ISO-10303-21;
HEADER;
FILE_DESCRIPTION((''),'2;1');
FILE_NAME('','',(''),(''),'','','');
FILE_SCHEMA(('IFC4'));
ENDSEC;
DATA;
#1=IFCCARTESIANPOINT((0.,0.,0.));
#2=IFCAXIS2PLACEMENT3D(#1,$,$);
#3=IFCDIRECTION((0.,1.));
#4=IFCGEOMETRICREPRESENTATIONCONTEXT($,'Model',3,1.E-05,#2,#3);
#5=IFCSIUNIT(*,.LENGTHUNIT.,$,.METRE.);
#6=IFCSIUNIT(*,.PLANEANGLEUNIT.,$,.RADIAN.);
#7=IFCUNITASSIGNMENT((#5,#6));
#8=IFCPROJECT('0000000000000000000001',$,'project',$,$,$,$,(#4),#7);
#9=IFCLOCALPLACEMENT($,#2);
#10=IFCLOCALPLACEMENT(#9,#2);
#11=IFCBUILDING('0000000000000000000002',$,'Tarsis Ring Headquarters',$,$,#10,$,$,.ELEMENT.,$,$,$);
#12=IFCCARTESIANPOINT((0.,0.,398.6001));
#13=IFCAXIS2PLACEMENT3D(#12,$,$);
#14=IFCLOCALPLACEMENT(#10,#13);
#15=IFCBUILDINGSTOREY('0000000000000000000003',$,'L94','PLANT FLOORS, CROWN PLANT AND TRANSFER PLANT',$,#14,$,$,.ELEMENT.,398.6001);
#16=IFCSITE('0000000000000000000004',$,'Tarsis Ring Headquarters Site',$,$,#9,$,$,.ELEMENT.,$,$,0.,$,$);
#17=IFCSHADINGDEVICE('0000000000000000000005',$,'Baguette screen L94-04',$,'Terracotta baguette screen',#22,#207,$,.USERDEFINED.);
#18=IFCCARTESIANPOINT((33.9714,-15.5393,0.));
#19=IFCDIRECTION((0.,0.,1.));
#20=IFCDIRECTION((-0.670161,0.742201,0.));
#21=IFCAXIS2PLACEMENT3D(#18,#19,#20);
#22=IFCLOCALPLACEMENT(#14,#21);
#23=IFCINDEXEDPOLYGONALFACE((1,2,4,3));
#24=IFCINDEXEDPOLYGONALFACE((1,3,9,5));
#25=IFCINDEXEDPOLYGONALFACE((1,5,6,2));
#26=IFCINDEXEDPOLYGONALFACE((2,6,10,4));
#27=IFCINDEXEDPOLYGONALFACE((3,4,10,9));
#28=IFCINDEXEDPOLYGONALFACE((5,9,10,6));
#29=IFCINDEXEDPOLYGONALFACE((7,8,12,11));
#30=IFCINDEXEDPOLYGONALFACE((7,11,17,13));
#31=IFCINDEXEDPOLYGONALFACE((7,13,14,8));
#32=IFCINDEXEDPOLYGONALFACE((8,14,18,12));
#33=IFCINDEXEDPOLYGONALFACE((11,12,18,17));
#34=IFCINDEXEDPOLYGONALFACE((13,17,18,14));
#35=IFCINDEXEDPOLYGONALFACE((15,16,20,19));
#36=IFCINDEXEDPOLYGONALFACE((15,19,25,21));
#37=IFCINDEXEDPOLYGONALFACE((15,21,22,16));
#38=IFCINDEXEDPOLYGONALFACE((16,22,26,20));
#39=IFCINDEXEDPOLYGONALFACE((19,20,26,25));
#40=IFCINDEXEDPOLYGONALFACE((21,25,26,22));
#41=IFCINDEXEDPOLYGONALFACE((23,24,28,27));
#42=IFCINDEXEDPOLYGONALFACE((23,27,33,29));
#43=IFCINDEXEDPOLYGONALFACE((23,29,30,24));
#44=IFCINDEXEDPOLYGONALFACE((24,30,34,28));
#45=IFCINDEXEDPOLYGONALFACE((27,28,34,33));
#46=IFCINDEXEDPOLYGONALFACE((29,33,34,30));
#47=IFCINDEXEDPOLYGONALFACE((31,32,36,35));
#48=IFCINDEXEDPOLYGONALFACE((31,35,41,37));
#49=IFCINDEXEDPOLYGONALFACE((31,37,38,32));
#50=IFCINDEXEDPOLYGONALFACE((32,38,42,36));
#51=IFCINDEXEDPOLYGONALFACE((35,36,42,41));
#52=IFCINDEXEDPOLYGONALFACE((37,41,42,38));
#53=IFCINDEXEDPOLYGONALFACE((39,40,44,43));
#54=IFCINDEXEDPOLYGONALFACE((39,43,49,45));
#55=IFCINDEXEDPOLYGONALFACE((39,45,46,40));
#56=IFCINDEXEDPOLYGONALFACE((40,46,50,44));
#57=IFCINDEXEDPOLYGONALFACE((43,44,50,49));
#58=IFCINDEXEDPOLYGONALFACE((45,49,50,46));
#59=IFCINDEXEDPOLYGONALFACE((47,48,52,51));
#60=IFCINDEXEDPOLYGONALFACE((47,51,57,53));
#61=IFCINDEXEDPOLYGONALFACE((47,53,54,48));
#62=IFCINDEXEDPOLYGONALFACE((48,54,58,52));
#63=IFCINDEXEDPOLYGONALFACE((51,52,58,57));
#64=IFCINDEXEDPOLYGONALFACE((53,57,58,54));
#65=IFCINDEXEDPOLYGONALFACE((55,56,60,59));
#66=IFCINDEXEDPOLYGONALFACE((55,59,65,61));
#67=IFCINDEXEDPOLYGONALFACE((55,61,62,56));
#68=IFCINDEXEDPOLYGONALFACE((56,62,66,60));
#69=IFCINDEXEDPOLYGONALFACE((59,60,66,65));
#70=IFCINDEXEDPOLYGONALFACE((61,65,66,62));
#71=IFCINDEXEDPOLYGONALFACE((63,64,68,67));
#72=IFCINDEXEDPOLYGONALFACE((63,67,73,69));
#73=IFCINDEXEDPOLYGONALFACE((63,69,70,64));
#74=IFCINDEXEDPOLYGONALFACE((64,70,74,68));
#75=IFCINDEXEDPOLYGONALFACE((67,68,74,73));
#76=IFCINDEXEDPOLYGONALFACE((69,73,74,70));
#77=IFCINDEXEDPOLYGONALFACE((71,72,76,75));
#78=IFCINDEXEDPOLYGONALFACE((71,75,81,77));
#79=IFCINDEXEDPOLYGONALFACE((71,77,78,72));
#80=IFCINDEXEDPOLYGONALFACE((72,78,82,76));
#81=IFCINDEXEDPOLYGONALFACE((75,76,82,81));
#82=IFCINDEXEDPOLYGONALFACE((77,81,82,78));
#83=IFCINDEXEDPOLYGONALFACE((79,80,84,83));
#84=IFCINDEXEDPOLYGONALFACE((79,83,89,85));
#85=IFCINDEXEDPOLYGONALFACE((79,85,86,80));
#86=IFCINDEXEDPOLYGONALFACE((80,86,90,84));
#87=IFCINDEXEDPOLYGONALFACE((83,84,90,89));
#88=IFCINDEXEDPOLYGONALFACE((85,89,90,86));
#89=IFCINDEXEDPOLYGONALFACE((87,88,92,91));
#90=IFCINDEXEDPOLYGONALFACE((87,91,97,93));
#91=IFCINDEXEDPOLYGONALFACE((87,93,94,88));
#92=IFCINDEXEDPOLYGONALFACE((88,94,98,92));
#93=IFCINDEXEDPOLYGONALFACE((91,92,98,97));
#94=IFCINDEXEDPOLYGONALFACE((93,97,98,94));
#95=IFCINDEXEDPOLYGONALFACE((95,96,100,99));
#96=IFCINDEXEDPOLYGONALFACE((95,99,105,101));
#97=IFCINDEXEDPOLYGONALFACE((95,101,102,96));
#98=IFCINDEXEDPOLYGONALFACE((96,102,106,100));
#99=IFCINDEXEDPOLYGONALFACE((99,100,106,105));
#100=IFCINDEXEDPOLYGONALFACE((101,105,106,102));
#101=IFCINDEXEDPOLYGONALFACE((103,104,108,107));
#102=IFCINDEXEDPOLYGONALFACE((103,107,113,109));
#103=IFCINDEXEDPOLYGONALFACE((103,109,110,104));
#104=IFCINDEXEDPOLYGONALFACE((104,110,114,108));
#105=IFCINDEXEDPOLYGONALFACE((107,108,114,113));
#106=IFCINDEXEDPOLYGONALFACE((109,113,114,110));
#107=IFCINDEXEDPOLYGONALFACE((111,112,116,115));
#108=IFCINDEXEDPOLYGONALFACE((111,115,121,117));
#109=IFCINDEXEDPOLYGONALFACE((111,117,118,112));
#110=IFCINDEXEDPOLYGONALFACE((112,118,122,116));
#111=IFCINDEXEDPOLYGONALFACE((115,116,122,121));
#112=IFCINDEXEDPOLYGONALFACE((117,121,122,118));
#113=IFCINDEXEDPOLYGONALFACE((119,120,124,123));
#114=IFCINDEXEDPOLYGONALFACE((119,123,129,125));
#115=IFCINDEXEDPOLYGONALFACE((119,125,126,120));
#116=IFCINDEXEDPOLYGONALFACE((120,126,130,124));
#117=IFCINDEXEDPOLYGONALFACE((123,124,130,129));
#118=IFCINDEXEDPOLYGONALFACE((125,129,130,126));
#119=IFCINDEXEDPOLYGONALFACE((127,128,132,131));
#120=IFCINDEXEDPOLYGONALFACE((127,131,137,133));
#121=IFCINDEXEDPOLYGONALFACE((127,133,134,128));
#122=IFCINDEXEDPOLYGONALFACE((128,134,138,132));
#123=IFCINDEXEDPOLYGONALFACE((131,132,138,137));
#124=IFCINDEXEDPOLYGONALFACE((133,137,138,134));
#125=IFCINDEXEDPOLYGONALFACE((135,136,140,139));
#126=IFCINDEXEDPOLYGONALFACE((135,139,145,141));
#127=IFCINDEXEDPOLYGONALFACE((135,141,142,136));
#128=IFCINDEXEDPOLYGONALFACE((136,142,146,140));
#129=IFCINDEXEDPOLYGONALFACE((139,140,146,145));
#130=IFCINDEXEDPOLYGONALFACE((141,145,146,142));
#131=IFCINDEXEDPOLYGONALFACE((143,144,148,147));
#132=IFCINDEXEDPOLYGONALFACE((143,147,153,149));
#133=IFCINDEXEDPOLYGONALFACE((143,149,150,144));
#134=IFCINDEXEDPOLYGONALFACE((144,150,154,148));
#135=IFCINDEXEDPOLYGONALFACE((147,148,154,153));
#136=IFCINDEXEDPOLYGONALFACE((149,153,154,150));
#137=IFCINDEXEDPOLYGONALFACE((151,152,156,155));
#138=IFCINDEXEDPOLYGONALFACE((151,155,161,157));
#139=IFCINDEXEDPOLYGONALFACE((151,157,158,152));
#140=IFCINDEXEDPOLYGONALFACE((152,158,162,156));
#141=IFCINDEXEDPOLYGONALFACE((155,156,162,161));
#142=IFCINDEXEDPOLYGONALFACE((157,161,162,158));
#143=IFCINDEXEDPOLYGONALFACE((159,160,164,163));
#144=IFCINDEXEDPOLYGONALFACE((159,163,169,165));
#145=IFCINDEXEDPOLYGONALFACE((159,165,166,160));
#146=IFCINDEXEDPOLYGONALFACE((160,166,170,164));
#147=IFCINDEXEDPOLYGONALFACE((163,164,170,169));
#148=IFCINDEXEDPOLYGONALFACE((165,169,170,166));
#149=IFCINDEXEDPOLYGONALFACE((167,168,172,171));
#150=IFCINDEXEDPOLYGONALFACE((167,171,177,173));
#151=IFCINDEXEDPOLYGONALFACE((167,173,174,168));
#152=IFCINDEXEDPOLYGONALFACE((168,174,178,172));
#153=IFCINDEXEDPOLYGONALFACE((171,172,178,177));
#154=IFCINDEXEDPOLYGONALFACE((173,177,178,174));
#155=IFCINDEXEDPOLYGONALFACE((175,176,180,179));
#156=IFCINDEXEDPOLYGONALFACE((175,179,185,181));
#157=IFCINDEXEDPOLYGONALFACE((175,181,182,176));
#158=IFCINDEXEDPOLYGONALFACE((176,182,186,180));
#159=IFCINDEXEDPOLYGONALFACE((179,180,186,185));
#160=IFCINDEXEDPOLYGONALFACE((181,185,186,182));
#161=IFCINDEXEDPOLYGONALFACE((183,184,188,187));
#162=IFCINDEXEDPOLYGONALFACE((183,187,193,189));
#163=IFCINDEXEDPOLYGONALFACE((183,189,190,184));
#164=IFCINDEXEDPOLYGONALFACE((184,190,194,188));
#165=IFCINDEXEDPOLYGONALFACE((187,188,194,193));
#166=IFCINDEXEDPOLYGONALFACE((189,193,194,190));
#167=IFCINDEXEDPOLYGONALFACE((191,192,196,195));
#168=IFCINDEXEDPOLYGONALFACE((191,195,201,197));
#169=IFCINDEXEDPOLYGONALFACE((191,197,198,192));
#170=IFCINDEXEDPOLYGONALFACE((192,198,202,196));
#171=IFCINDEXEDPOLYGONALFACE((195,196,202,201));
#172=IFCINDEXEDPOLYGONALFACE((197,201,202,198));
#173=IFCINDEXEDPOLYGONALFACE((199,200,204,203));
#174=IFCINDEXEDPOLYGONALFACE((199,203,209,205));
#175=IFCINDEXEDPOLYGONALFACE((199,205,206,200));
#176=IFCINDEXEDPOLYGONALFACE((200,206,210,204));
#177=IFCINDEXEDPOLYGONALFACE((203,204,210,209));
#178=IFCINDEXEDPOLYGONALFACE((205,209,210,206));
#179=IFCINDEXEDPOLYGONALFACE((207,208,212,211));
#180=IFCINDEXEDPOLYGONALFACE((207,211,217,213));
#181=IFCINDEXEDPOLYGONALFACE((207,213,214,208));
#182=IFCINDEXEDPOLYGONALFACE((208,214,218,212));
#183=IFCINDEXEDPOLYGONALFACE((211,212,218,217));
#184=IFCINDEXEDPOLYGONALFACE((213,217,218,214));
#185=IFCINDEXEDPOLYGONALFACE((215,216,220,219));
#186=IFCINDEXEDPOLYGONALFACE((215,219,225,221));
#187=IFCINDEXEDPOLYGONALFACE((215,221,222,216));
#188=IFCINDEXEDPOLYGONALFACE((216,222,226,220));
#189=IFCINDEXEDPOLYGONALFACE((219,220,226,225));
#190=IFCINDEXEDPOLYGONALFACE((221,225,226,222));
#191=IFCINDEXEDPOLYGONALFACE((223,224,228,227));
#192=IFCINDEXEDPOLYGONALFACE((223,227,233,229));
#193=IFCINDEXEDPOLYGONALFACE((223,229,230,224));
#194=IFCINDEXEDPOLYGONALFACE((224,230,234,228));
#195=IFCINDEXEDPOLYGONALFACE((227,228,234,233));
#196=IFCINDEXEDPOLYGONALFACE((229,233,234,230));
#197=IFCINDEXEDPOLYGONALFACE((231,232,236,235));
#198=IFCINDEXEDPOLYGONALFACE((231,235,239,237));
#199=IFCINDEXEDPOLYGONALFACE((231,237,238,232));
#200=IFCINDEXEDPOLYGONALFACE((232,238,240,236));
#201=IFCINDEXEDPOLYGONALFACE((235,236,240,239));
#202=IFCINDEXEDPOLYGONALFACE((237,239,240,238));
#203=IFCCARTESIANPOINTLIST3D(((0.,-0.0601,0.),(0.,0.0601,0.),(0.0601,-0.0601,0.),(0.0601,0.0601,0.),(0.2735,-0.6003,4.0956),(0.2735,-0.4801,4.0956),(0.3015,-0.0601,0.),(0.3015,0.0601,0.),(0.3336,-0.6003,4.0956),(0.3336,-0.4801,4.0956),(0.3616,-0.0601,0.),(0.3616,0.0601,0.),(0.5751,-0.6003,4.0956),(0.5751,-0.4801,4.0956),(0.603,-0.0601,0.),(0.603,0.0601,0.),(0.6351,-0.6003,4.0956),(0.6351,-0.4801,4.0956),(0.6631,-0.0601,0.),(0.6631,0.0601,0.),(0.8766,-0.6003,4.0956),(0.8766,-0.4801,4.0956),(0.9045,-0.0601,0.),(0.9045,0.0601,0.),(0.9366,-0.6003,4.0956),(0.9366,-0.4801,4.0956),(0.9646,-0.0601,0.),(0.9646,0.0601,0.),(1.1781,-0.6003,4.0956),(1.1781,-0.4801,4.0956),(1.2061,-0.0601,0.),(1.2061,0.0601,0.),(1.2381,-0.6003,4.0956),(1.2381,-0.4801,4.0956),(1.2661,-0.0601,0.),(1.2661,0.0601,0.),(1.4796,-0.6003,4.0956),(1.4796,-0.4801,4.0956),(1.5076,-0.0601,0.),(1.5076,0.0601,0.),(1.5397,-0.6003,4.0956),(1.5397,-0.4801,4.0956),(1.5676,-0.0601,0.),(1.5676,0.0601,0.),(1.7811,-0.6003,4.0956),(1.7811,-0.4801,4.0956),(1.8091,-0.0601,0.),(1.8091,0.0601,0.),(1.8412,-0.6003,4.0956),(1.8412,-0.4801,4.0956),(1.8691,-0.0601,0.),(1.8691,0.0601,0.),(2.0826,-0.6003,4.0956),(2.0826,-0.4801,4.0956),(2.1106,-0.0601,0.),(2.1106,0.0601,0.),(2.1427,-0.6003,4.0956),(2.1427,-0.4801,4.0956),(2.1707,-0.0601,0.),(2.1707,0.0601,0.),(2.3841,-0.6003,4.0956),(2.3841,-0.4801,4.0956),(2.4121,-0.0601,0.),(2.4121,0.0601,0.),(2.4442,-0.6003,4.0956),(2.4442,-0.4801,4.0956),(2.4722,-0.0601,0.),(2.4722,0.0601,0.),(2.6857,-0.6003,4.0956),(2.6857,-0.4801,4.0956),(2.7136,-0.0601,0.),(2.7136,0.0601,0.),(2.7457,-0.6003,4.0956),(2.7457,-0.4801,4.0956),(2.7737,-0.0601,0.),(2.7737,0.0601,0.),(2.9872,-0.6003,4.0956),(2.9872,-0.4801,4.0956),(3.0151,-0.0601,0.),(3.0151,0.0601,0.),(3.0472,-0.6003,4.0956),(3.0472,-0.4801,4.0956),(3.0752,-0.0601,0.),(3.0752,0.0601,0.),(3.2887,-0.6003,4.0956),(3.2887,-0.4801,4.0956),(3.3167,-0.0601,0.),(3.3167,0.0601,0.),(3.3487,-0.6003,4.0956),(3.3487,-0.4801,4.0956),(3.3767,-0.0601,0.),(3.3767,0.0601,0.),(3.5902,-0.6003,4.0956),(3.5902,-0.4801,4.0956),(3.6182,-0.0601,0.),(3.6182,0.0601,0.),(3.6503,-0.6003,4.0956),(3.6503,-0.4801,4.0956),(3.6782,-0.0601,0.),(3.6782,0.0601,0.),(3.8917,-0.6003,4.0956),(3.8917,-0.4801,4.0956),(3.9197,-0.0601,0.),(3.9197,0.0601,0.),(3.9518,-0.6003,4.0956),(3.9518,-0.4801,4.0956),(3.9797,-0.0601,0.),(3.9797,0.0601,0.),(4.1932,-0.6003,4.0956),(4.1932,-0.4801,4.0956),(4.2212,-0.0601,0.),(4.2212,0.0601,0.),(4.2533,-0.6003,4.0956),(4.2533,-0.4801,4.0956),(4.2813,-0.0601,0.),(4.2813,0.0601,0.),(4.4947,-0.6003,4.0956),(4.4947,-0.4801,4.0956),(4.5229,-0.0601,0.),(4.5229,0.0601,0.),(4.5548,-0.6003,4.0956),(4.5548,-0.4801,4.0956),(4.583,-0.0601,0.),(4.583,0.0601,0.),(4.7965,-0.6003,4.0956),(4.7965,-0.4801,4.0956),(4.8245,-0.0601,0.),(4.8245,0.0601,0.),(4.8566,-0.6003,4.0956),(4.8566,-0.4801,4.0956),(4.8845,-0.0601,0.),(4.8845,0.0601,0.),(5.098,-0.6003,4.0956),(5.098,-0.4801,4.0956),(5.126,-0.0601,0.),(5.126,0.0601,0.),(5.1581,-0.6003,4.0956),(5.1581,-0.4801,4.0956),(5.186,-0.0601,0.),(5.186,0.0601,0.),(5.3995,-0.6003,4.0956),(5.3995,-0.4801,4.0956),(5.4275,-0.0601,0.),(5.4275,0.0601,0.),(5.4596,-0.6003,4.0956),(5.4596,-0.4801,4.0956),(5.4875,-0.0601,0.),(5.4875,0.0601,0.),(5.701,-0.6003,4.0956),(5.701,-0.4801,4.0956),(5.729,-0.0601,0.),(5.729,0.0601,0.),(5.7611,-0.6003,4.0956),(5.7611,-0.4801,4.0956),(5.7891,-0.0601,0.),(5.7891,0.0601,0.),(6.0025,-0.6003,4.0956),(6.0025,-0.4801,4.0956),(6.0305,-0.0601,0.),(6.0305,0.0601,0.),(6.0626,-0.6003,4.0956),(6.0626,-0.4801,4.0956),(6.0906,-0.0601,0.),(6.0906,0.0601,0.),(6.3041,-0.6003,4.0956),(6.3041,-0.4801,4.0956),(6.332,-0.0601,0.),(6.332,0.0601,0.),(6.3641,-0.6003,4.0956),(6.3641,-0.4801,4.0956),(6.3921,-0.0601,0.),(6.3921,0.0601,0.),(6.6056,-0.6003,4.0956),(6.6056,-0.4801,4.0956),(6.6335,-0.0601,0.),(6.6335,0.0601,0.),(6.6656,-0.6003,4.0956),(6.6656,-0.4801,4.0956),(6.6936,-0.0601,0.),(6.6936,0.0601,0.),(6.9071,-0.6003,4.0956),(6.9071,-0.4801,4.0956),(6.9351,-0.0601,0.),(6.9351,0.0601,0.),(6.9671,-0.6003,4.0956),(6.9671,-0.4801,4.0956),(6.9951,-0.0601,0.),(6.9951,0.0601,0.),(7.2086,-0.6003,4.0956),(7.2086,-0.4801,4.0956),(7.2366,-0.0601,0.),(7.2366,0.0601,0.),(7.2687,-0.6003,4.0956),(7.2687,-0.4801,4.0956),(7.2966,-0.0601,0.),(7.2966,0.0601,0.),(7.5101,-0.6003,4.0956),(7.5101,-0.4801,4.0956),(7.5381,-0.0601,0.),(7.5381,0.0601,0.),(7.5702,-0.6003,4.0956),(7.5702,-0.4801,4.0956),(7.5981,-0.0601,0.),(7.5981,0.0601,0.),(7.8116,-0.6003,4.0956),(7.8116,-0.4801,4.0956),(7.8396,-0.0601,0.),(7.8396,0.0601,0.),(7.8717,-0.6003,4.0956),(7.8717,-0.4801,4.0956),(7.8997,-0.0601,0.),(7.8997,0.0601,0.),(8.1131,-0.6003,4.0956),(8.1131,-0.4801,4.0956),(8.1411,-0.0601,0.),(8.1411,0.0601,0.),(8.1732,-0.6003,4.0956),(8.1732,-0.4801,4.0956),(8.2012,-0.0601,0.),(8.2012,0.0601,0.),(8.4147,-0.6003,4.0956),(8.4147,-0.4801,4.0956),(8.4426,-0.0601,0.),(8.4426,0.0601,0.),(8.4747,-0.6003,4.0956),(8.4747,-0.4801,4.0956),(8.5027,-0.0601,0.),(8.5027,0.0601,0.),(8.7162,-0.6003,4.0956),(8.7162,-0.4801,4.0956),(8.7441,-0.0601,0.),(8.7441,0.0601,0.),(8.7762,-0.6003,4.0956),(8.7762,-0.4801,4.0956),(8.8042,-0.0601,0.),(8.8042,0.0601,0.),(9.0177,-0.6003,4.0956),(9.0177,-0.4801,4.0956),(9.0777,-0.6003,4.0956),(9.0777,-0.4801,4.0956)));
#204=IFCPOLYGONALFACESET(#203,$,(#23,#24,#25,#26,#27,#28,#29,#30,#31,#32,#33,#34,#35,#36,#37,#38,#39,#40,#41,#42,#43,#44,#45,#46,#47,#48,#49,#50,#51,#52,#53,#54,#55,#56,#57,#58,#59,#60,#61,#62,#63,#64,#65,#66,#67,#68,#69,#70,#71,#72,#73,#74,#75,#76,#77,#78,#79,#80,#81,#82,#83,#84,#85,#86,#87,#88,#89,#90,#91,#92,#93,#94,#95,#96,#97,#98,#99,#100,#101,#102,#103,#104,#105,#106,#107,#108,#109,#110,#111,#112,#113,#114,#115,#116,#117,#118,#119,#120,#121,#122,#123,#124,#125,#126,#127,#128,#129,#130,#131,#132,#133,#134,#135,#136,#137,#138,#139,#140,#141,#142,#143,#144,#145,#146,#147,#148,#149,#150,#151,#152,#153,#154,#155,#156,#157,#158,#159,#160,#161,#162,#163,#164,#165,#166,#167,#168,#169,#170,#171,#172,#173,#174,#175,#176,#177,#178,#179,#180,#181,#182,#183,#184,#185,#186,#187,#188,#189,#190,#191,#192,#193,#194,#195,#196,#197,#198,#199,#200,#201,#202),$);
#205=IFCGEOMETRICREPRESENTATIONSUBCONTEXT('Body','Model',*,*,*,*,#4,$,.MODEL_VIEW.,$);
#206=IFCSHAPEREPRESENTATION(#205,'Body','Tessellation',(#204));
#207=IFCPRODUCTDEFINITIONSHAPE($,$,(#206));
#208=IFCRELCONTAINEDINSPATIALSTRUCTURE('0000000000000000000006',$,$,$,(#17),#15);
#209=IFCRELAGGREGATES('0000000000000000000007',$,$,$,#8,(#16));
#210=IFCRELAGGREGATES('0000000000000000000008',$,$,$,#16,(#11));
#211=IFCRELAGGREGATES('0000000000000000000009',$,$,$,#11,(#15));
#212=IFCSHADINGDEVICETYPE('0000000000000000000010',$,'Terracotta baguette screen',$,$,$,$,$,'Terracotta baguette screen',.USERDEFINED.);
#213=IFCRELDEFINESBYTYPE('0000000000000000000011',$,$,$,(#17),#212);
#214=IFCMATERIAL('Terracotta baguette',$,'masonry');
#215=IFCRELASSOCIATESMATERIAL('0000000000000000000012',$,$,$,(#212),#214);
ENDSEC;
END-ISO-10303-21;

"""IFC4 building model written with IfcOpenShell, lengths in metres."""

from ifc_helpers import new_model, si_unit, direction, frame, frame_2d, origin, place, context, subcontext, project, spatial, rectangle, composite_profile, extrude, material, type_object, element, save


model = new_model("IFC4")

# Units and contexts
model_context = context("Model", 3, precision=1e-05, world=origin(), true_north=direction((0.0, 1.0)))
body_context = subcontext(model_context, "Body", "Model", "MODEL_VIEW")
ifc_project = project(units=[si_unit("LENGTHUNIT", "METRE"), si_unit("PLANEANGLEUNIT", "RADIAN")], contexts=[model_context])

# Site, building, storey
site_placement = place(None, origin())
site = spatial("IfcSite", under=ifc_project, at=site_placement, Name="Tarsis Ring Headquarters Site", CompositionType="ELEMENT", RefElevation=0.0)
building_placement = place(site_placement, origin())
building = spatial("IfcBuilding", under=site, at=building_placement, Name="Tarsis Ring Headquarters", CompositionType="ELEMENT")
storey_placement = place(building_placement, frame((0.0, 0.0, 398.6001)))
storey = spatial("IfcBuildingStorey", under=building, at=storey_placement, Name="L94", Description="PLANT FLOORS, CROWN PLANT AND TRANSFER PLANT", CompositionType="ELEMENT", Elevation=398.6001)

# Shading device
ifc_material_1 = material(Name="Terracotta baguette", Category="masonry")
shading_device_type_1 = type_object("IfcShadingDeviceType", Name="Terracotta baguette screen", ElementType="Terracotta baguette screen", PredefinedType="USERDEFINED", material=ifc_material_1)
shading_device_1_placement = place(storey_placement, frame((33.9714, -15.5393, 0.0), z_axis=(0.0, 0.0, 1.0), x_axis=(-0.670161, 0.742201, 0.0)))
element("IfcShadingDevice", 1, at=shading_device_1_placement, inside=storey, type_object=shading_device_type_1, Name="Baguette screen L94-04", ObjectType="Terracotta baguette screen", PredefinedType="USERDEFINED", context=body_context, shape_type="SweptSolid", body=[
    extrude(composite_profile([rectangle(XDim=0.0601, YDim=0.1201, at=frame_2d((0.03, 0.0))), rectangle(XDim=0.0601, YDim=0.1201, at=frame_2d((0.3315, 0.0))), rectangle(XDim=0.0601, YDim=0.1201, at=frame_2d((0.6331, 0.0))), rectangle(XDim=0.0601, YDim=0.1201, at=frame_2d((0.9346, 0.0))), rectangle(XDim=0.0601, YDim=0.1201, at=frame_2d((1.2361, 0.0))), rectangle(XDim=0.0601, YDim=0.1201, at=frame_2d((1.5376, 0.0))), rectangle(XDim=0.0601, YDim=0.1201, at=frame_2d((1.8391, 0.0))), rectangle(XDim=0.0601, YDim=0.1201, at=frame_2d((2.1406, 0.0))), rectangle(XDim=0.0601, YDim=0.1201, at=frame_2d((2.4421, 0.0))), rectangle(XDim=0.0601, YDim=0.1201, at=frame_2d((2.7437, 0.0))), rectangle(XDim=0.0601, YDim=0.1201, at=frame_2d((3.0452, 0.0))), rectangle(XDim=0.0601, YDim=0.1201, at=frame_2d((3.3467, 0.0))), rectangle(XDim=0.0601, YDim=0.1201, at=frame_2d((3.6482, 0.0))), rectangle(XDim=0.0601, YDim=0.1201, at=frame_2d((3.9497, 0.0))), rectangle(XDim=0.0601, YDim=0.1201, at=frame_2d((4.2512, 0.0))), rectangle(XDim=0.0601, YDim=0.1201, at=frame_2d((4.553, 0.0))), rectangle(XDim=0.0601, YDim=0.1201, at=frame_2d((4.8545, 0.0))), rectangle(XDim=0.0601, YDim=0.1201, at=frame_2d((5.156, 0.0))), rectangle(XDim=0.0601, YDim=0.1201, at=frame_2d((5.4575, 0.0))), rectangle(XDim=0.0601, YDim=0.1201, at=frame_2d((5.759, 0.0))), rectangle(XDim=0.0601, YDim=0.1201, at=frame_2d((6.0605, 0.0))), rectangle(XDim=0.0601, YDim=0.1201, at=frame_2d((6.3621, 0.0))), rectangle(XDim=0.0601, YDim=0.1201, at=frame_2d((6.6636, 0.0))), rectangle(XDim=0.0601, YDim=0.1201, at=frame_2d((6.9651, 0.0))), rectangle(XDim=0.0601, YDim=0.1201, at=frame_2d((7.2666, 0.0))), rectangle(XDim=0.0601, YDim=0.1201, at=frame_2d((7.5681, 0.0))), rectangle(XDim=0.0601, YDim=0.1201, at=frame_2d((7.8696, 0.0))), rectangle(XDim=0.0601, YDim=0.1201, at=frame_2d((8.1711, 0.0))), rectangle(XDim=0.0601, YDim=0.1201, at=frame_2d((8.4727, 0.0))), rectangle(XDim=0.0601, YDim=0.1201, at=frame_2d((8.7742, 0.0)))]), origin(), (0.066071, -0.130479, 0.989247), 4.1401),
])

save(model, "model.ifc")
